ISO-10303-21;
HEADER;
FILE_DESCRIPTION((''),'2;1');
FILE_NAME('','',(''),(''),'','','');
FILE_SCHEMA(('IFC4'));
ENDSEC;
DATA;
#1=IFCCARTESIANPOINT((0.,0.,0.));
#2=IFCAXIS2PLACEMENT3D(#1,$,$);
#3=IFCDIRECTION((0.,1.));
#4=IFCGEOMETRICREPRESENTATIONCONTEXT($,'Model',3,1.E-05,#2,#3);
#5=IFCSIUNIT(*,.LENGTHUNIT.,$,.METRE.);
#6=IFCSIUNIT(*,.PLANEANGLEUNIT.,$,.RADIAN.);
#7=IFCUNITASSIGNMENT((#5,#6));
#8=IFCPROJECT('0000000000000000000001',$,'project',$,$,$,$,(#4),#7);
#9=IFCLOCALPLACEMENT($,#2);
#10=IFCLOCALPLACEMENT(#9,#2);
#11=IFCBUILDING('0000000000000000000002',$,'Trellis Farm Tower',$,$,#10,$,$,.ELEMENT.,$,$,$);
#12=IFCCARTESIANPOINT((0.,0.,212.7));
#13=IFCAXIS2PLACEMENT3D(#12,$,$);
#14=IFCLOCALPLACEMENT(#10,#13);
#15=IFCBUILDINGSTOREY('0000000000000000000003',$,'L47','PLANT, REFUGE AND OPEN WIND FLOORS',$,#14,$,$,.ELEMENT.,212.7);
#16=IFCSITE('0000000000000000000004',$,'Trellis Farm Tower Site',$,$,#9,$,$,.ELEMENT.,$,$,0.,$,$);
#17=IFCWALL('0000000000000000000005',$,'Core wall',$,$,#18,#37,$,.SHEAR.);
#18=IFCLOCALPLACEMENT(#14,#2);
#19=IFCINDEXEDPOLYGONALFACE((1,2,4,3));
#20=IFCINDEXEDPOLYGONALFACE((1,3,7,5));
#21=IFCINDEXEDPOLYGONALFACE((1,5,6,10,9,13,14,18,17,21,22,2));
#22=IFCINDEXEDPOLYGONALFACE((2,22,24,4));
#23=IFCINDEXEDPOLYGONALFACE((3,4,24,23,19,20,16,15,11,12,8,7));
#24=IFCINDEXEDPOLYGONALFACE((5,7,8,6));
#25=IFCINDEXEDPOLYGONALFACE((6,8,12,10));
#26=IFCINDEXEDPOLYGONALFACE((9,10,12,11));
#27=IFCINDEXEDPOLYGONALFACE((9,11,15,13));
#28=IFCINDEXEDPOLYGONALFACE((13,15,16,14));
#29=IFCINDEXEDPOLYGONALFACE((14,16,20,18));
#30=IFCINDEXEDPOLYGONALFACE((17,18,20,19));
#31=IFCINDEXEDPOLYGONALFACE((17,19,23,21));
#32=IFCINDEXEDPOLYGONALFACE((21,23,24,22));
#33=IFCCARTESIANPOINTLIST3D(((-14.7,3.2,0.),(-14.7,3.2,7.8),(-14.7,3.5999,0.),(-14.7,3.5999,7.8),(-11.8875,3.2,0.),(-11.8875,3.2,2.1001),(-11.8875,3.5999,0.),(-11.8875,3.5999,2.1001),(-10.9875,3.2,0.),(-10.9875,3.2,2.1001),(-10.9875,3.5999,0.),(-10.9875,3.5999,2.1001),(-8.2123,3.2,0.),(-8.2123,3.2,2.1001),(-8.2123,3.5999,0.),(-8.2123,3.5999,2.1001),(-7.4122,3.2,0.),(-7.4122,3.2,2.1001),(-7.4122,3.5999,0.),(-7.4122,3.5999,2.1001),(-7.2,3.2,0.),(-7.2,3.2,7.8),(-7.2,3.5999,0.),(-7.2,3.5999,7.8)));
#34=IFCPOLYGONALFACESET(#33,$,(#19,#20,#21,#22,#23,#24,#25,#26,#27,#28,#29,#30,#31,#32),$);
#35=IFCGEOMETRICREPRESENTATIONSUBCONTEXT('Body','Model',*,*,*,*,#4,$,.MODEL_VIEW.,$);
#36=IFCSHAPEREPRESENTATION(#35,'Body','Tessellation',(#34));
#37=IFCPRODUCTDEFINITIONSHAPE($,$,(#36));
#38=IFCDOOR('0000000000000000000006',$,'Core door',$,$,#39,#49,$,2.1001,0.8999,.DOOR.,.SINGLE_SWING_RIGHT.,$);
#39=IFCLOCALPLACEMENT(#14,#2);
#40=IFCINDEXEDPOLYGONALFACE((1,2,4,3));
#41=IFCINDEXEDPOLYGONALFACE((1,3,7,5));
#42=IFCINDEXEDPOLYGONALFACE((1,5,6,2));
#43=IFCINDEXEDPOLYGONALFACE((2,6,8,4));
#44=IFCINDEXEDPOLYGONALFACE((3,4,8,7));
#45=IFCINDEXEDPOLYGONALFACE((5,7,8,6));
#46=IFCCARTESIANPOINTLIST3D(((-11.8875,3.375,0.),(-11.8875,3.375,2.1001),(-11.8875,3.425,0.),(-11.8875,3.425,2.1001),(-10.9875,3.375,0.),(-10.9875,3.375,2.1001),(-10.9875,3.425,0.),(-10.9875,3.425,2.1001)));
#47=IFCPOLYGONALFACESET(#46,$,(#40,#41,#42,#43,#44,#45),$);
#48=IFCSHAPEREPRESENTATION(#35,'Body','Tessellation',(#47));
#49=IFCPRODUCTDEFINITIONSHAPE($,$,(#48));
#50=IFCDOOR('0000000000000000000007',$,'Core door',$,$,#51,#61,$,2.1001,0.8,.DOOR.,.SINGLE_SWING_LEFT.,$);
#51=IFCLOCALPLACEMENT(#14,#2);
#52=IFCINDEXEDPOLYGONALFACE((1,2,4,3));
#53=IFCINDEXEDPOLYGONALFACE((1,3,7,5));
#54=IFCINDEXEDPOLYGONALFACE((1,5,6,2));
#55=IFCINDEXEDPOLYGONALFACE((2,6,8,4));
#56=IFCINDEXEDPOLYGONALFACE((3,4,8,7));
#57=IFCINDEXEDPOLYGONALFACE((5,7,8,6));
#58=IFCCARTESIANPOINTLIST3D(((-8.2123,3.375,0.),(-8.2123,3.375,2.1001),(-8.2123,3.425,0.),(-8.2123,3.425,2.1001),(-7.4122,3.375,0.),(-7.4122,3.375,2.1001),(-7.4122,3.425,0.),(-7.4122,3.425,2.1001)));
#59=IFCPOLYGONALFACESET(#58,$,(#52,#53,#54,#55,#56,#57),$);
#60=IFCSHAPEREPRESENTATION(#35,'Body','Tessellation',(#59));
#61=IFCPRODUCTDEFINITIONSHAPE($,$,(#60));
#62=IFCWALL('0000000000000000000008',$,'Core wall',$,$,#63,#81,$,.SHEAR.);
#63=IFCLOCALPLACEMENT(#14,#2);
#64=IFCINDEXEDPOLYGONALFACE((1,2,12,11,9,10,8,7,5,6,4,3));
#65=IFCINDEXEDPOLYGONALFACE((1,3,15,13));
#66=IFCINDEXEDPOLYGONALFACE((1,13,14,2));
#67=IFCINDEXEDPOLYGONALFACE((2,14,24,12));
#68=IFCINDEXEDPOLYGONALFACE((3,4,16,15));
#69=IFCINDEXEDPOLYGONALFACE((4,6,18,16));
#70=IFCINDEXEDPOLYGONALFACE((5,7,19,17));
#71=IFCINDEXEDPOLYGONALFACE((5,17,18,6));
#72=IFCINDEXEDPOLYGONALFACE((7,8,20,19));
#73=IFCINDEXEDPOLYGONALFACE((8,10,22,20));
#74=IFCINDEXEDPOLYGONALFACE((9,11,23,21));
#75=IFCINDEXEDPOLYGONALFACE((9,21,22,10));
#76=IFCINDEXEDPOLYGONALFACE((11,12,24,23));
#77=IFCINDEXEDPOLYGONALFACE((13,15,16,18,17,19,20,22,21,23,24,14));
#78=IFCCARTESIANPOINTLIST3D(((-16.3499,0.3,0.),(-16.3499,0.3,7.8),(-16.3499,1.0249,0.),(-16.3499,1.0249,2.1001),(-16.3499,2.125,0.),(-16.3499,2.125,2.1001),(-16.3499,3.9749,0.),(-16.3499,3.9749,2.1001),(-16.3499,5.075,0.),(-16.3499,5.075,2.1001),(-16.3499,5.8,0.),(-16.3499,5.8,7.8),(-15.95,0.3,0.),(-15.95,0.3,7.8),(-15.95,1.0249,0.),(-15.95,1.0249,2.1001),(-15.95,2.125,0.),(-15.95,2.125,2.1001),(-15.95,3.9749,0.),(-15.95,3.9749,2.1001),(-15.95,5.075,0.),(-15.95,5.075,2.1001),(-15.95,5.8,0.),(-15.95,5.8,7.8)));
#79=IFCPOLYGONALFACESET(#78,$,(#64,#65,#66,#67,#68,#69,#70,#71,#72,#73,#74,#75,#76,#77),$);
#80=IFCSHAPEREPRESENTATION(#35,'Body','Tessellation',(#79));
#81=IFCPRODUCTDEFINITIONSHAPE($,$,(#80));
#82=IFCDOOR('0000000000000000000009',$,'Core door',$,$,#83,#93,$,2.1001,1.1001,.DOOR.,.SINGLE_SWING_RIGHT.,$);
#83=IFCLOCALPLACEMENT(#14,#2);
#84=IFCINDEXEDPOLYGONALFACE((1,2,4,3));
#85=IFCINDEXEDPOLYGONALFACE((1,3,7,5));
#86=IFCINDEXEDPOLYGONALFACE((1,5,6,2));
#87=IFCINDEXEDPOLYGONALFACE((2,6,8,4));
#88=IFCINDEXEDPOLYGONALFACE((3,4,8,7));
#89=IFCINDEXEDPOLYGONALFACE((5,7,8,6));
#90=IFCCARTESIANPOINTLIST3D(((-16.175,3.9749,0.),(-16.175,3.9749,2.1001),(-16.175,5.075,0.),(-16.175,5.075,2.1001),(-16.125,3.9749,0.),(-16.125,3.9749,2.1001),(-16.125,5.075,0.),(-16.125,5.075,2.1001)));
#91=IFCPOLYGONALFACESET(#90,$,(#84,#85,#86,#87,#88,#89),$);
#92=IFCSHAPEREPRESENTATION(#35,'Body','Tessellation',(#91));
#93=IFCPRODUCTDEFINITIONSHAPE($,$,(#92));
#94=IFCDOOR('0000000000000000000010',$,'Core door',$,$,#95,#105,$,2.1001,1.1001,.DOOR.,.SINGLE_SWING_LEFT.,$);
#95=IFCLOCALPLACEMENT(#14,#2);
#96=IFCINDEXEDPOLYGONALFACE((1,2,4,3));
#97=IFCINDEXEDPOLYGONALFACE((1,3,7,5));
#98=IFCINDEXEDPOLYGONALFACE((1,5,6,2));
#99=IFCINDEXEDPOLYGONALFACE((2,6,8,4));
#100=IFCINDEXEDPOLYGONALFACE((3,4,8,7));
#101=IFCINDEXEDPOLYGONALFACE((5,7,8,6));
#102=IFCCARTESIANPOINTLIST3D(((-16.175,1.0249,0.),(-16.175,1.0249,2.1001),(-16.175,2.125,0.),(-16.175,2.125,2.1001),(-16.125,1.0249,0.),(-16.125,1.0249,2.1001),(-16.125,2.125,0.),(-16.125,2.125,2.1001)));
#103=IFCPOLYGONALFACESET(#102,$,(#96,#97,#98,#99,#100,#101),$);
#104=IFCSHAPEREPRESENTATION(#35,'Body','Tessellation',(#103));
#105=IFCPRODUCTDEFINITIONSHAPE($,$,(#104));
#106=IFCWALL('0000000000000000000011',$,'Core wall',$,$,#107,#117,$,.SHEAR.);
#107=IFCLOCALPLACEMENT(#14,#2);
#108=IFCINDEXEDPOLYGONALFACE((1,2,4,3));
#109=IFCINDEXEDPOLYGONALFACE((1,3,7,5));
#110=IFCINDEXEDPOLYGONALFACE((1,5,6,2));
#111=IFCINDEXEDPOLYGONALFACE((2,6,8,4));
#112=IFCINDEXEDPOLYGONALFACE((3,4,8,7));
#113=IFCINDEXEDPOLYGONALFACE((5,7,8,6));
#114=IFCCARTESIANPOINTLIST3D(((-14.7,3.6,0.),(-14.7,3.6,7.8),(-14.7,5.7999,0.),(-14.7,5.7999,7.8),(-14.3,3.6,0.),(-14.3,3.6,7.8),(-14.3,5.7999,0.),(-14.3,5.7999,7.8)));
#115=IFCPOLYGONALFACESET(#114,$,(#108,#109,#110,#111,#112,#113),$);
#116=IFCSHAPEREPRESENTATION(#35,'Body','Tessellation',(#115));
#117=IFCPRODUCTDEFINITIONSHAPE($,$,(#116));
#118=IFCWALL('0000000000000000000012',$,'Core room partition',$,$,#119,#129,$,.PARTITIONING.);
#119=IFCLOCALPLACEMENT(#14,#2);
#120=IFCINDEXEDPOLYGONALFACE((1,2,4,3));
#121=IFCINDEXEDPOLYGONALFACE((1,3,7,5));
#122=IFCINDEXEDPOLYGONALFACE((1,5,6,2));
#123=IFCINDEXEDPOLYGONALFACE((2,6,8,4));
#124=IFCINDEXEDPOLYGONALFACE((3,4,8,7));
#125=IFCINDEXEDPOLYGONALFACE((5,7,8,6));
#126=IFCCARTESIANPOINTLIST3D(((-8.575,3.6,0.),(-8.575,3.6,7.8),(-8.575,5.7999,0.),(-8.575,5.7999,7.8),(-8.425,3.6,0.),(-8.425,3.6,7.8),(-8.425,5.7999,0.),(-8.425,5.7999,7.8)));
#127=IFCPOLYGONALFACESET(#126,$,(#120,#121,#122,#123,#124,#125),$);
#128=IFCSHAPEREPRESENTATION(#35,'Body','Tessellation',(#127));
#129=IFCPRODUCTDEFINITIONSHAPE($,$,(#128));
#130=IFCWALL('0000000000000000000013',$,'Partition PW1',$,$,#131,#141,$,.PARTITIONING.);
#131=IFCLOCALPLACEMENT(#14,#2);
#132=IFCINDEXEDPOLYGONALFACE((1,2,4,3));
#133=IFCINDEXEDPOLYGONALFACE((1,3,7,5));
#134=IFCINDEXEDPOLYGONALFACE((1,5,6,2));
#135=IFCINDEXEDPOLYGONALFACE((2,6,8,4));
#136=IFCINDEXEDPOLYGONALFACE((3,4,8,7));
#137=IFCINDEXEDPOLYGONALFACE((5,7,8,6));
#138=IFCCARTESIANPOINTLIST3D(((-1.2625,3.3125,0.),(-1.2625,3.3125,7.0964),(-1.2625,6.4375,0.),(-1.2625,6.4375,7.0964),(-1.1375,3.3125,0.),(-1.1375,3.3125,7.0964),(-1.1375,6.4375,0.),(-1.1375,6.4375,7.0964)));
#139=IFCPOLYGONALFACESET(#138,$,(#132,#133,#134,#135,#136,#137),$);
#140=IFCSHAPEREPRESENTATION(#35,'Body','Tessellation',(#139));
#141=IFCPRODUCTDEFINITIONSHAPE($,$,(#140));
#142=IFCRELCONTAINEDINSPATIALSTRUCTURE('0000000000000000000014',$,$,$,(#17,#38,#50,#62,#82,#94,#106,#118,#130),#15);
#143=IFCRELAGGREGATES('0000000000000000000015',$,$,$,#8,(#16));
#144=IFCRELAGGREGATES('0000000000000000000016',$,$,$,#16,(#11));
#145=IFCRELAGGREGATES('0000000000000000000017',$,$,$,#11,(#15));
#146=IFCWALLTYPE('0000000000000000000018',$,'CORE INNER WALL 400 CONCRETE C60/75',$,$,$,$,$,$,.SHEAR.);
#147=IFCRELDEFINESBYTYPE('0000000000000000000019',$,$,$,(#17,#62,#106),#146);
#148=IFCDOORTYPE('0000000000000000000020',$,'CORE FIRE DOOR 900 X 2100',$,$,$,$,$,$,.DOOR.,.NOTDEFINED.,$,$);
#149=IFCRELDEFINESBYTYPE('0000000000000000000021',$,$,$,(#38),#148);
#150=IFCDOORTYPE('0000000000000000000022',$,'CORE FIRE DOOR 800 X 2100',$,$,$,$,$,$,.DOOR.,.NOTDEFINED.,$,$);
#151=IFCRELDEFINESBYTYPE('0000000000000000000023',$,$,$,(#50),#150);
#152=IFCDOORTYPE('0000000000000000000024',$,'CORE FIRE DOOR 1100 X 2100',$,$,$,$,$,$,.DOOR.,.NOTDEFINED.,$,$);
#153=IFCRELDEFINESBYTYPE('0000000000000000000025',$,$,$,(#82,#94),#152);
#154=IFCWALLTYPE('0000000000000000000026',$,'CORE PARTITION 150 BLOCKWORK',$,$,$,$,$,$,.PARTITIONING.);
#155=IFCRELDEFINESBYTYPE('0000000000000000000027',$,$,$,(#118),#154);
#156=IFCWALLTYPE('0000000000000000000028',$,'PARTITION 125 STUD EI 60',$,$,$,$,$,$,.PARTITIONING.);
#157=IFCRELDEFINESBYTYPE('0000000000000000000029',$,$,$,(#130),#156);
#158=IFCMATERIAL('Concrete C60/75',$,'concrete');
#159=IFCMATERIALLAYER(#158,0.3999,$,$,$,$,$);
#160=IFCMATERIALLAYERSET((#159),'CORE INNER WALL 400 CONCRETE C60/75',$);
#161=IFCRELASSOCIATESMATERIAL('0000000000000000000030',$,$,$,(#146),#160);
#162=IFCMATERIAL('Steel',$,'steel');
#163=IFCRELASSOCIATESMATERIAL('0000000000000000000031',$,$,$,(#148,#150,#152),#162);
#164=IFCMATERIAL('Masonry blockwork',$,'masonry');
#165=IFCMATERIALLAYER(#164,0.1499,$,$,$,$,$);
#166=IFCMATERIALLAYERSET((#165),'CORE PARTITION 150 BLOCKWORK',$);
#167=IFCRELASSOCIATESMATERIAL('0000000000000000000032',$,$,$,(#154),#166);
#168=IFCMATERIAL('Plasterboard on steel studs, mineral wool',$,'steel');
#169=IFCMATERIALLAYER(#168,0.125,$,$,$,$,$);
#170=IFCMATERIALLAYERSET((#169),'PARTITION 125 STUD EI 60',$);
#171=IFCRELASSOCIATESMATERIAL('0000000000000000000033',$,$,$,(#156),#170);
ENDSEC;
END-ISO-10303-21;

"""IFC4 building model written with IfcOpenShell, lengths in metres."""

from ifc_helpers import new_model, si_unit, direction, frame, frame_2d, origin, place, context, subcontext, project, spatial, rectangle, extrude, source, transform, mapped, material, layer, layer_set, type_object, element, fill, save


model = new_model("IFC4")

# Units and contexts
model_context = context("Model", 3, precision=1e-05, world=origin(), true_north=direction((0.0, 1.0)))
body_context = subcontext(model_context, "Body", "Model", "MODEL_VIEW")
ifc_project = project(units=[si_unit("LENGTHUNIT", "METRE"), si_unit("PLANEANGLEUNIT", "RADIAN")], contexts=[model_context])

# Site, building, storey
site_placement = place(None, origin())
site = spatial("IfcSite", under=ifc_project, at=site_placement, Name="Trellis Farm Tower Site", CompositionType="ELEMENT", RefElevation=0.0)
building_placement = place(site_placement, origin())
building = spatial("IfcBuilding", under=site, at=building_placement, Name="Trellis Farm Tower", CompositionType="ELEMENT")
storey_placement = place(building_placement, frame((0.0, 0.0, 212.7)))
storey = spatial("IfcBuildingStorey", under=building, at=storey_placement, Name="L47", Description="PLANT, REFUGE AND OPEN WIND FLOORS", CompositionType="ELEMENT", Elevation=212.7)

# Shared definitions
ifc_material_1 = material(Name="Concrete C60/75", Category="concrete")

# Shared definitions
ifc_material_2 = material(Name="Steel", Category="steel")

# Walls, openings, doors
ifc_layer_1 = layer(ifc_material_1, 0.3999)
ifc_layer_set_1 = layer_set([ifc_layer_1], Name="CORE INNER WALL 400 CONCRETE C60/75")
wall_type_1 = type_object("IfcWallType", Name="CORE INNER WALL 400 CONCRETE C60/75", PredefinedType="SHEAR", material=ifc_layer_set_1)
shared_shape_1 = source(origin(), body_context, "Body", "SweptSolid", [
    extrude(rectangle(XDim=7.5, YDim=0.3999, at=frame_2d((3.75, 0.0))), origin(), (0.0, 0.0, 1.0), 7.8),
])
wall_1_placement = place(storey_placement, frame((-7.2, 3.3999, 0.0), z_axis=(0.0, 0.0, 1.0), x_axis=(-1.0, 0.0, 0.0)))
wall_1 = element("IfcWall", 1, at=wall_1_placement, inside=storey, type_object=wall_type_1, Name="Core wall", PredefinedType="SHEAR", context=body_context, shape_type="MappedRepresentation", body=[
    mapped(shared_shape_1, transform((0.0, 0.0, 0.0))),
])
shared_shape_2 = source(origin(), body_context, "Body", "SweptSolid", [
    extrude(rectangle(XDim=0.8, YDim=2.1001, at=frame_2d((0.3999, 1.05))), frame((0.0, 0.21, 0.0), z_axis=(0.0, -1.0, 0.0), x_axis=(1.0, 0.0, 0.0)), (0.0, 0.0, 1.0), 0.4199),
])
opening_1_placement = place(wall_1_placement, frame((0.2124, 0.0, 0.0)))
opening_1 = element("IfcOpeningElement", 2, at=opening_1_placement, cuts=wall_1, PredefinedType="OPENING", context=body_context, shape_type="MappedRepresentation", body=[
    mapped(shared_shape_2, transform((0.0, 0.0, 0.0))),
])
shared_shape_3 = source(origin(), body_context, "Body", "SweptSolid", [
    extrude(rectangle(XDim=0.8999, YDim=2.1001, at=frame_2d((0.45, 1.05))), frame((0.0, 0.21, 0.0), z_axis=(0.0, -1.0, 0.0), x_axis=(1.0, 0.0, 0.0)), (0.0, 0.0, 1.0), 0.4199),
])
opening_2_placement = place(wall_1_placement, frame((3.7876, 0.0, 0.0)))
opening_2 = element("IfcOpeningElement", 3, at=opening_2_placement, cuts=wall_1, PredefinedType="OPENING", context=body_context, shape_type="MappedRepresentation", body=[
    mapped(shared_shape_3, transform((0.0, 0.0, 0.0))),
])
door_type_1 = type_object("IfcDoorType", Name="CORE FIRE DOOR 900 X 2100", OperationType="NOTDEFINED", PredefinedType="DOOR", material=ifc_material_2)
shared_shape_4 = source(origin(), body_context, "Body", "SweptSolid", [
    extrude(rectangle(XDim=0.8999, YDim=2.1001, at=frame_2d((0.45, 1.05))), frame((0.0, 0.0249, 0.0), z_axis=(0.0, -1.0, 0.0), x_axis=(1.0, 0.0, 0.0)), (0.0, 0.0, 1.0), 0.05),
])
door_1_placement = place(opening_2_placement, origin())
door_1 = element("IfcDoor", 4, at=door_1_placement, inside=storey, type_object=door_type_1, Name="Core door", OperationType="SINGLE_SWING_RIGHT", OverallHeight=2.1001, OverallWidth=0.8999, PredefinedType="DOOR", context=body_context, shape_type="MappedRepresentation", body=[
    mapped(shared_shape_4, transform((0.0, 0.0, 0.0))),
])
fill(opening_2, door_1)
door_type_2 = type_object("IfcDoorType", Name="CORE FIRE DOOR 800 X 2100", OperationType="NOTDEFINED", PredefinedType="DOOR", material=ifc_material_2)
shared_shape_5 = source(origin(), body_context, "Body", "SweptSolid", [
    extrude(rectangle(XDim=0.8, YDim=2.1001, at=frame_2d((0.3999, 1.05))), frame((0.0, 0.0249, 0.0), z_axis=(0.0, -1.0, 0.0), x_axis=(1.0, 0.0, 0.0)), (0.0, 0.0, 1.0), 0.05),
])
door_2_placement = place(opening_1_placement, origin())
door_2 = element("IfcDoor", 5, at=door_2_placement, inside=storey, type_object=door_type_2, Name="Core door", OperationType="SINGLE_SWING_LEFT", OverallHeight=2.1001, OverallWidth=0.8, PredefinedType="DOOR", context=body_context, shape_type="MappedRepresentation", body=[
    mapped(shared_shape_5, transform((0.0, 0.0, 0.0))),
])
fill(opening_1, door_2)
shared_shape_6 = source(origin(), body_context, "Body", "SweptSolid", [
    extrude(rectangle(XDim=5.5, YDim=0.3999, at=frame_2d((2.75, 0.0))), origin(), (0.0, 0.0, 1.0), 7.8),
])
wall_2_placement = place(storey_placement, frame((-16.1499, 5.8, 0.0), z_axis=(0.0, 0.0, 1.0), x_axis=(0.0, -1.0, 0.0)))
wall_2 = element("IfcWall", 6, at=wall_2_placement, inside=storey, type_object=wall_type_1, Name="Core wall", PredefinedType="SHEAR", context=body_context, shape_type="MappedRepresentation", body=[
    mapped(shared_shape_6, transform((0.0, 0.0, 0.0))),
])
shared_shape_7 = source(origin(), body_context, "Body", "SweptSolid", [
    extrude(rectangle(XDim=1.1001, YDim=2.1001, at=frame_2d((0.55, 1.05))), frame((0.0, 0.21, 0.0), z_axis=(0.0, -1.0, 0.0), x_axis=(1.0, 0.0, 0.0)), (0.0, 0.0, 1.0), 0.4199),
])
opening_3_placement = place(wall_2_placement, frame((0.7251, 0.0, 0.0)))
opening_3 = element("IfcOpeningElement", 7, at=opening_3_placement, cuts=wall_2, PredefinedType="OPENING", context=body_context, shape_type="MappedRepresentation", body=[
    mapped(shared_shape_7, transform((0.0, 0.0, 0.0))),
])
opening_4_placement = place(wall_2_placement, frame((3.675, 0.0, 0.0)))
opening_4 = element("IfcOpeningElement", 8, at=opening_4_placement, cuts=wall_2, PredefinedType="OPENING", context=body_context, shape_type="MappedRepresentation", body=[
    mapped(shared_shape_7, transform((0.0, 0.0, 0.0))),
])
door_type_3 = type_object("IfcDoorType", Name="CORE FIRE DOOR 1100 X 2100", OperationType="NOTDEFINED", PredefinedType="DOOR", material=ifc_material_2)
shared_shape_8 = source(origin(), body_context, "Body", "SweptSolid", [
    extrude(rectangle(XDim=1.1001, YDim=2.1001, at=frame_2d((0.55, 1.05))), frame((0.0, 0.0249, 0.0), z_axis=(0.0, -1.0, 0.0), x_axis=(1.0, 0.0, 0.0)), (0.0, 0.0, 1.0), 0.05),
])
door_3_placement = place(opening_3_placement, origin())
door_3 = element("IfcDoor", 9, at=door_3_placement, inside=storey, type_object=door_type_3, Name="Core door", OperationType="SINGLE_SWING_RIGHT", OverallHeight=2.1001, OverallWidth=1.1001, PredefinedType="DOOR", context=body_context, shape_type="MappedRepresentation", body=[
    mapped(shared_shape_8, transform((0.0, 0.0, 0.0))),
])
fill(opening_3, door_3)
door_4_placement = place(opening_4_placement, origin())
door_4 = element("IfcDoor", 10, at=door_4_placement, inside=storey, type_object=door_type_3, Name="Core door", OperationType="SINGLE_SWING_LEFT", OverallHeight=2.1001, OverallWidth=1.1001, PredefinedType="DOOR", context=body_context, shape_type="MappedRepresentation", body=[
    mapped(shared_shape_8, transform((0.0, 0.0, 0.0))),
])
fill(opening_4, door_4)

# Walls
shared_shape_9 = source(origin(), body_context, "Body", "SweptSolid", [
    extrude(rectangle(XDim=2.2, YDim=0.3999, at=frame_2d((1.1001, 0.0))), origin(), (0.0, 0.0, 1.0), 7.8),
])
wall_3_placement = place(storey_placement, frame((-14.5, 5.8, 0.0), z_axis=(0.0, 0.0, 1.0), x_axis=(0.0, -1.0, 0.0)))
element("IfcWall", 11, at=wall_3_placement, inside=storey, type_object=wall_type_1, Name="Core wall", PredefinedType="SHEAR", context=body_context, shape_type="MappedRepresentation", body=[
    mapped(shared_shape_9, transform((0.0, 0.0, 0.0))),
])
ifc_material_3 = material(Name="Masonry blockwork", Category="masonry")
ifc_layer_2 = layer(ifc_material_3, 0.1499)
ifc_layer_set_2 = layer_set([ifc_layer_2], Name="CORE PARTITION 150 BLOCKWORK")
wall_type_2 = type_object("IfcWallType", Name="CORE PARTITION 150 BLOCKWORK", PredefinedType="PARTITIONING", material=ifc_layer_set_2)
shared_shape_10 = source(origin(), body_context, "Body", "SweptSolid", [
    extrude(rectangle(XDim=2.2, YDim=0.1499, at=frame_2d((1.1001, 0.0))), origin(), (0.0, 0.0, 1.0), 7.8),
])
wall_4_placement = place(storey_placement, frame((-8.5, 5.8, 0.0), z_axis=(0.0, 0.0, 1.0), x_axis=(0.0, -1.0, 0.0)))
element("IfcWall", 12, at=wall_4_placement, inside=storey, type_object=wall_type_2, Name="Core room partition", PredefinedType="PARTITIONING", context=body_context, shape_type="MappedRepresentation", body=[
    mapped(shared_shape_10, transform((0.0, 0.0, 0.0))),
])
ifc_material_4 = material(Name="Plasterboard on steel studs, mineral wool", Category="steel")
ifc_layer_3 = layer(ifc_material_4, 0.125)
ifc_layer_set_3 = layer_set([ifc_layer_3], Name="PARTITION 125 STUD EI 60")
wall_type_3 = type_object("IfcWallType", Name="PARTITION 125 STUD EI 60", PredefinedType="PARTITIONING", material=ifc_layer_set_3)
shared_shape_11 = source(origin(), body_context, "Body", "SweptSolid", [
    extrude(rectangle(XDim=3.125, YDim=0.125, at=frame_2d((1.5625, 0.0))), origin(), (0.0, 0.0, 1.0), 7.0964),
])
wall_5_placement = place(storey_placement, frame((-1.2, 3.3125, 0.0), z_axis=(0.0, 0.0, 1.0), x_axis=(0.0, 1.0, 0.0)))
element("IfcWall", 13, at=wall_5_placement, inside=storey, type_object=wall_type_3, Name="Partition PW1", PredefinedType="PARTITIONING", context=body_context, shape_type="MappedRepresentation", body=[
    mapped(shared_shape_11, transform((0.0, 0.0, 0.0))),
])

save(model, "model.ifc")
